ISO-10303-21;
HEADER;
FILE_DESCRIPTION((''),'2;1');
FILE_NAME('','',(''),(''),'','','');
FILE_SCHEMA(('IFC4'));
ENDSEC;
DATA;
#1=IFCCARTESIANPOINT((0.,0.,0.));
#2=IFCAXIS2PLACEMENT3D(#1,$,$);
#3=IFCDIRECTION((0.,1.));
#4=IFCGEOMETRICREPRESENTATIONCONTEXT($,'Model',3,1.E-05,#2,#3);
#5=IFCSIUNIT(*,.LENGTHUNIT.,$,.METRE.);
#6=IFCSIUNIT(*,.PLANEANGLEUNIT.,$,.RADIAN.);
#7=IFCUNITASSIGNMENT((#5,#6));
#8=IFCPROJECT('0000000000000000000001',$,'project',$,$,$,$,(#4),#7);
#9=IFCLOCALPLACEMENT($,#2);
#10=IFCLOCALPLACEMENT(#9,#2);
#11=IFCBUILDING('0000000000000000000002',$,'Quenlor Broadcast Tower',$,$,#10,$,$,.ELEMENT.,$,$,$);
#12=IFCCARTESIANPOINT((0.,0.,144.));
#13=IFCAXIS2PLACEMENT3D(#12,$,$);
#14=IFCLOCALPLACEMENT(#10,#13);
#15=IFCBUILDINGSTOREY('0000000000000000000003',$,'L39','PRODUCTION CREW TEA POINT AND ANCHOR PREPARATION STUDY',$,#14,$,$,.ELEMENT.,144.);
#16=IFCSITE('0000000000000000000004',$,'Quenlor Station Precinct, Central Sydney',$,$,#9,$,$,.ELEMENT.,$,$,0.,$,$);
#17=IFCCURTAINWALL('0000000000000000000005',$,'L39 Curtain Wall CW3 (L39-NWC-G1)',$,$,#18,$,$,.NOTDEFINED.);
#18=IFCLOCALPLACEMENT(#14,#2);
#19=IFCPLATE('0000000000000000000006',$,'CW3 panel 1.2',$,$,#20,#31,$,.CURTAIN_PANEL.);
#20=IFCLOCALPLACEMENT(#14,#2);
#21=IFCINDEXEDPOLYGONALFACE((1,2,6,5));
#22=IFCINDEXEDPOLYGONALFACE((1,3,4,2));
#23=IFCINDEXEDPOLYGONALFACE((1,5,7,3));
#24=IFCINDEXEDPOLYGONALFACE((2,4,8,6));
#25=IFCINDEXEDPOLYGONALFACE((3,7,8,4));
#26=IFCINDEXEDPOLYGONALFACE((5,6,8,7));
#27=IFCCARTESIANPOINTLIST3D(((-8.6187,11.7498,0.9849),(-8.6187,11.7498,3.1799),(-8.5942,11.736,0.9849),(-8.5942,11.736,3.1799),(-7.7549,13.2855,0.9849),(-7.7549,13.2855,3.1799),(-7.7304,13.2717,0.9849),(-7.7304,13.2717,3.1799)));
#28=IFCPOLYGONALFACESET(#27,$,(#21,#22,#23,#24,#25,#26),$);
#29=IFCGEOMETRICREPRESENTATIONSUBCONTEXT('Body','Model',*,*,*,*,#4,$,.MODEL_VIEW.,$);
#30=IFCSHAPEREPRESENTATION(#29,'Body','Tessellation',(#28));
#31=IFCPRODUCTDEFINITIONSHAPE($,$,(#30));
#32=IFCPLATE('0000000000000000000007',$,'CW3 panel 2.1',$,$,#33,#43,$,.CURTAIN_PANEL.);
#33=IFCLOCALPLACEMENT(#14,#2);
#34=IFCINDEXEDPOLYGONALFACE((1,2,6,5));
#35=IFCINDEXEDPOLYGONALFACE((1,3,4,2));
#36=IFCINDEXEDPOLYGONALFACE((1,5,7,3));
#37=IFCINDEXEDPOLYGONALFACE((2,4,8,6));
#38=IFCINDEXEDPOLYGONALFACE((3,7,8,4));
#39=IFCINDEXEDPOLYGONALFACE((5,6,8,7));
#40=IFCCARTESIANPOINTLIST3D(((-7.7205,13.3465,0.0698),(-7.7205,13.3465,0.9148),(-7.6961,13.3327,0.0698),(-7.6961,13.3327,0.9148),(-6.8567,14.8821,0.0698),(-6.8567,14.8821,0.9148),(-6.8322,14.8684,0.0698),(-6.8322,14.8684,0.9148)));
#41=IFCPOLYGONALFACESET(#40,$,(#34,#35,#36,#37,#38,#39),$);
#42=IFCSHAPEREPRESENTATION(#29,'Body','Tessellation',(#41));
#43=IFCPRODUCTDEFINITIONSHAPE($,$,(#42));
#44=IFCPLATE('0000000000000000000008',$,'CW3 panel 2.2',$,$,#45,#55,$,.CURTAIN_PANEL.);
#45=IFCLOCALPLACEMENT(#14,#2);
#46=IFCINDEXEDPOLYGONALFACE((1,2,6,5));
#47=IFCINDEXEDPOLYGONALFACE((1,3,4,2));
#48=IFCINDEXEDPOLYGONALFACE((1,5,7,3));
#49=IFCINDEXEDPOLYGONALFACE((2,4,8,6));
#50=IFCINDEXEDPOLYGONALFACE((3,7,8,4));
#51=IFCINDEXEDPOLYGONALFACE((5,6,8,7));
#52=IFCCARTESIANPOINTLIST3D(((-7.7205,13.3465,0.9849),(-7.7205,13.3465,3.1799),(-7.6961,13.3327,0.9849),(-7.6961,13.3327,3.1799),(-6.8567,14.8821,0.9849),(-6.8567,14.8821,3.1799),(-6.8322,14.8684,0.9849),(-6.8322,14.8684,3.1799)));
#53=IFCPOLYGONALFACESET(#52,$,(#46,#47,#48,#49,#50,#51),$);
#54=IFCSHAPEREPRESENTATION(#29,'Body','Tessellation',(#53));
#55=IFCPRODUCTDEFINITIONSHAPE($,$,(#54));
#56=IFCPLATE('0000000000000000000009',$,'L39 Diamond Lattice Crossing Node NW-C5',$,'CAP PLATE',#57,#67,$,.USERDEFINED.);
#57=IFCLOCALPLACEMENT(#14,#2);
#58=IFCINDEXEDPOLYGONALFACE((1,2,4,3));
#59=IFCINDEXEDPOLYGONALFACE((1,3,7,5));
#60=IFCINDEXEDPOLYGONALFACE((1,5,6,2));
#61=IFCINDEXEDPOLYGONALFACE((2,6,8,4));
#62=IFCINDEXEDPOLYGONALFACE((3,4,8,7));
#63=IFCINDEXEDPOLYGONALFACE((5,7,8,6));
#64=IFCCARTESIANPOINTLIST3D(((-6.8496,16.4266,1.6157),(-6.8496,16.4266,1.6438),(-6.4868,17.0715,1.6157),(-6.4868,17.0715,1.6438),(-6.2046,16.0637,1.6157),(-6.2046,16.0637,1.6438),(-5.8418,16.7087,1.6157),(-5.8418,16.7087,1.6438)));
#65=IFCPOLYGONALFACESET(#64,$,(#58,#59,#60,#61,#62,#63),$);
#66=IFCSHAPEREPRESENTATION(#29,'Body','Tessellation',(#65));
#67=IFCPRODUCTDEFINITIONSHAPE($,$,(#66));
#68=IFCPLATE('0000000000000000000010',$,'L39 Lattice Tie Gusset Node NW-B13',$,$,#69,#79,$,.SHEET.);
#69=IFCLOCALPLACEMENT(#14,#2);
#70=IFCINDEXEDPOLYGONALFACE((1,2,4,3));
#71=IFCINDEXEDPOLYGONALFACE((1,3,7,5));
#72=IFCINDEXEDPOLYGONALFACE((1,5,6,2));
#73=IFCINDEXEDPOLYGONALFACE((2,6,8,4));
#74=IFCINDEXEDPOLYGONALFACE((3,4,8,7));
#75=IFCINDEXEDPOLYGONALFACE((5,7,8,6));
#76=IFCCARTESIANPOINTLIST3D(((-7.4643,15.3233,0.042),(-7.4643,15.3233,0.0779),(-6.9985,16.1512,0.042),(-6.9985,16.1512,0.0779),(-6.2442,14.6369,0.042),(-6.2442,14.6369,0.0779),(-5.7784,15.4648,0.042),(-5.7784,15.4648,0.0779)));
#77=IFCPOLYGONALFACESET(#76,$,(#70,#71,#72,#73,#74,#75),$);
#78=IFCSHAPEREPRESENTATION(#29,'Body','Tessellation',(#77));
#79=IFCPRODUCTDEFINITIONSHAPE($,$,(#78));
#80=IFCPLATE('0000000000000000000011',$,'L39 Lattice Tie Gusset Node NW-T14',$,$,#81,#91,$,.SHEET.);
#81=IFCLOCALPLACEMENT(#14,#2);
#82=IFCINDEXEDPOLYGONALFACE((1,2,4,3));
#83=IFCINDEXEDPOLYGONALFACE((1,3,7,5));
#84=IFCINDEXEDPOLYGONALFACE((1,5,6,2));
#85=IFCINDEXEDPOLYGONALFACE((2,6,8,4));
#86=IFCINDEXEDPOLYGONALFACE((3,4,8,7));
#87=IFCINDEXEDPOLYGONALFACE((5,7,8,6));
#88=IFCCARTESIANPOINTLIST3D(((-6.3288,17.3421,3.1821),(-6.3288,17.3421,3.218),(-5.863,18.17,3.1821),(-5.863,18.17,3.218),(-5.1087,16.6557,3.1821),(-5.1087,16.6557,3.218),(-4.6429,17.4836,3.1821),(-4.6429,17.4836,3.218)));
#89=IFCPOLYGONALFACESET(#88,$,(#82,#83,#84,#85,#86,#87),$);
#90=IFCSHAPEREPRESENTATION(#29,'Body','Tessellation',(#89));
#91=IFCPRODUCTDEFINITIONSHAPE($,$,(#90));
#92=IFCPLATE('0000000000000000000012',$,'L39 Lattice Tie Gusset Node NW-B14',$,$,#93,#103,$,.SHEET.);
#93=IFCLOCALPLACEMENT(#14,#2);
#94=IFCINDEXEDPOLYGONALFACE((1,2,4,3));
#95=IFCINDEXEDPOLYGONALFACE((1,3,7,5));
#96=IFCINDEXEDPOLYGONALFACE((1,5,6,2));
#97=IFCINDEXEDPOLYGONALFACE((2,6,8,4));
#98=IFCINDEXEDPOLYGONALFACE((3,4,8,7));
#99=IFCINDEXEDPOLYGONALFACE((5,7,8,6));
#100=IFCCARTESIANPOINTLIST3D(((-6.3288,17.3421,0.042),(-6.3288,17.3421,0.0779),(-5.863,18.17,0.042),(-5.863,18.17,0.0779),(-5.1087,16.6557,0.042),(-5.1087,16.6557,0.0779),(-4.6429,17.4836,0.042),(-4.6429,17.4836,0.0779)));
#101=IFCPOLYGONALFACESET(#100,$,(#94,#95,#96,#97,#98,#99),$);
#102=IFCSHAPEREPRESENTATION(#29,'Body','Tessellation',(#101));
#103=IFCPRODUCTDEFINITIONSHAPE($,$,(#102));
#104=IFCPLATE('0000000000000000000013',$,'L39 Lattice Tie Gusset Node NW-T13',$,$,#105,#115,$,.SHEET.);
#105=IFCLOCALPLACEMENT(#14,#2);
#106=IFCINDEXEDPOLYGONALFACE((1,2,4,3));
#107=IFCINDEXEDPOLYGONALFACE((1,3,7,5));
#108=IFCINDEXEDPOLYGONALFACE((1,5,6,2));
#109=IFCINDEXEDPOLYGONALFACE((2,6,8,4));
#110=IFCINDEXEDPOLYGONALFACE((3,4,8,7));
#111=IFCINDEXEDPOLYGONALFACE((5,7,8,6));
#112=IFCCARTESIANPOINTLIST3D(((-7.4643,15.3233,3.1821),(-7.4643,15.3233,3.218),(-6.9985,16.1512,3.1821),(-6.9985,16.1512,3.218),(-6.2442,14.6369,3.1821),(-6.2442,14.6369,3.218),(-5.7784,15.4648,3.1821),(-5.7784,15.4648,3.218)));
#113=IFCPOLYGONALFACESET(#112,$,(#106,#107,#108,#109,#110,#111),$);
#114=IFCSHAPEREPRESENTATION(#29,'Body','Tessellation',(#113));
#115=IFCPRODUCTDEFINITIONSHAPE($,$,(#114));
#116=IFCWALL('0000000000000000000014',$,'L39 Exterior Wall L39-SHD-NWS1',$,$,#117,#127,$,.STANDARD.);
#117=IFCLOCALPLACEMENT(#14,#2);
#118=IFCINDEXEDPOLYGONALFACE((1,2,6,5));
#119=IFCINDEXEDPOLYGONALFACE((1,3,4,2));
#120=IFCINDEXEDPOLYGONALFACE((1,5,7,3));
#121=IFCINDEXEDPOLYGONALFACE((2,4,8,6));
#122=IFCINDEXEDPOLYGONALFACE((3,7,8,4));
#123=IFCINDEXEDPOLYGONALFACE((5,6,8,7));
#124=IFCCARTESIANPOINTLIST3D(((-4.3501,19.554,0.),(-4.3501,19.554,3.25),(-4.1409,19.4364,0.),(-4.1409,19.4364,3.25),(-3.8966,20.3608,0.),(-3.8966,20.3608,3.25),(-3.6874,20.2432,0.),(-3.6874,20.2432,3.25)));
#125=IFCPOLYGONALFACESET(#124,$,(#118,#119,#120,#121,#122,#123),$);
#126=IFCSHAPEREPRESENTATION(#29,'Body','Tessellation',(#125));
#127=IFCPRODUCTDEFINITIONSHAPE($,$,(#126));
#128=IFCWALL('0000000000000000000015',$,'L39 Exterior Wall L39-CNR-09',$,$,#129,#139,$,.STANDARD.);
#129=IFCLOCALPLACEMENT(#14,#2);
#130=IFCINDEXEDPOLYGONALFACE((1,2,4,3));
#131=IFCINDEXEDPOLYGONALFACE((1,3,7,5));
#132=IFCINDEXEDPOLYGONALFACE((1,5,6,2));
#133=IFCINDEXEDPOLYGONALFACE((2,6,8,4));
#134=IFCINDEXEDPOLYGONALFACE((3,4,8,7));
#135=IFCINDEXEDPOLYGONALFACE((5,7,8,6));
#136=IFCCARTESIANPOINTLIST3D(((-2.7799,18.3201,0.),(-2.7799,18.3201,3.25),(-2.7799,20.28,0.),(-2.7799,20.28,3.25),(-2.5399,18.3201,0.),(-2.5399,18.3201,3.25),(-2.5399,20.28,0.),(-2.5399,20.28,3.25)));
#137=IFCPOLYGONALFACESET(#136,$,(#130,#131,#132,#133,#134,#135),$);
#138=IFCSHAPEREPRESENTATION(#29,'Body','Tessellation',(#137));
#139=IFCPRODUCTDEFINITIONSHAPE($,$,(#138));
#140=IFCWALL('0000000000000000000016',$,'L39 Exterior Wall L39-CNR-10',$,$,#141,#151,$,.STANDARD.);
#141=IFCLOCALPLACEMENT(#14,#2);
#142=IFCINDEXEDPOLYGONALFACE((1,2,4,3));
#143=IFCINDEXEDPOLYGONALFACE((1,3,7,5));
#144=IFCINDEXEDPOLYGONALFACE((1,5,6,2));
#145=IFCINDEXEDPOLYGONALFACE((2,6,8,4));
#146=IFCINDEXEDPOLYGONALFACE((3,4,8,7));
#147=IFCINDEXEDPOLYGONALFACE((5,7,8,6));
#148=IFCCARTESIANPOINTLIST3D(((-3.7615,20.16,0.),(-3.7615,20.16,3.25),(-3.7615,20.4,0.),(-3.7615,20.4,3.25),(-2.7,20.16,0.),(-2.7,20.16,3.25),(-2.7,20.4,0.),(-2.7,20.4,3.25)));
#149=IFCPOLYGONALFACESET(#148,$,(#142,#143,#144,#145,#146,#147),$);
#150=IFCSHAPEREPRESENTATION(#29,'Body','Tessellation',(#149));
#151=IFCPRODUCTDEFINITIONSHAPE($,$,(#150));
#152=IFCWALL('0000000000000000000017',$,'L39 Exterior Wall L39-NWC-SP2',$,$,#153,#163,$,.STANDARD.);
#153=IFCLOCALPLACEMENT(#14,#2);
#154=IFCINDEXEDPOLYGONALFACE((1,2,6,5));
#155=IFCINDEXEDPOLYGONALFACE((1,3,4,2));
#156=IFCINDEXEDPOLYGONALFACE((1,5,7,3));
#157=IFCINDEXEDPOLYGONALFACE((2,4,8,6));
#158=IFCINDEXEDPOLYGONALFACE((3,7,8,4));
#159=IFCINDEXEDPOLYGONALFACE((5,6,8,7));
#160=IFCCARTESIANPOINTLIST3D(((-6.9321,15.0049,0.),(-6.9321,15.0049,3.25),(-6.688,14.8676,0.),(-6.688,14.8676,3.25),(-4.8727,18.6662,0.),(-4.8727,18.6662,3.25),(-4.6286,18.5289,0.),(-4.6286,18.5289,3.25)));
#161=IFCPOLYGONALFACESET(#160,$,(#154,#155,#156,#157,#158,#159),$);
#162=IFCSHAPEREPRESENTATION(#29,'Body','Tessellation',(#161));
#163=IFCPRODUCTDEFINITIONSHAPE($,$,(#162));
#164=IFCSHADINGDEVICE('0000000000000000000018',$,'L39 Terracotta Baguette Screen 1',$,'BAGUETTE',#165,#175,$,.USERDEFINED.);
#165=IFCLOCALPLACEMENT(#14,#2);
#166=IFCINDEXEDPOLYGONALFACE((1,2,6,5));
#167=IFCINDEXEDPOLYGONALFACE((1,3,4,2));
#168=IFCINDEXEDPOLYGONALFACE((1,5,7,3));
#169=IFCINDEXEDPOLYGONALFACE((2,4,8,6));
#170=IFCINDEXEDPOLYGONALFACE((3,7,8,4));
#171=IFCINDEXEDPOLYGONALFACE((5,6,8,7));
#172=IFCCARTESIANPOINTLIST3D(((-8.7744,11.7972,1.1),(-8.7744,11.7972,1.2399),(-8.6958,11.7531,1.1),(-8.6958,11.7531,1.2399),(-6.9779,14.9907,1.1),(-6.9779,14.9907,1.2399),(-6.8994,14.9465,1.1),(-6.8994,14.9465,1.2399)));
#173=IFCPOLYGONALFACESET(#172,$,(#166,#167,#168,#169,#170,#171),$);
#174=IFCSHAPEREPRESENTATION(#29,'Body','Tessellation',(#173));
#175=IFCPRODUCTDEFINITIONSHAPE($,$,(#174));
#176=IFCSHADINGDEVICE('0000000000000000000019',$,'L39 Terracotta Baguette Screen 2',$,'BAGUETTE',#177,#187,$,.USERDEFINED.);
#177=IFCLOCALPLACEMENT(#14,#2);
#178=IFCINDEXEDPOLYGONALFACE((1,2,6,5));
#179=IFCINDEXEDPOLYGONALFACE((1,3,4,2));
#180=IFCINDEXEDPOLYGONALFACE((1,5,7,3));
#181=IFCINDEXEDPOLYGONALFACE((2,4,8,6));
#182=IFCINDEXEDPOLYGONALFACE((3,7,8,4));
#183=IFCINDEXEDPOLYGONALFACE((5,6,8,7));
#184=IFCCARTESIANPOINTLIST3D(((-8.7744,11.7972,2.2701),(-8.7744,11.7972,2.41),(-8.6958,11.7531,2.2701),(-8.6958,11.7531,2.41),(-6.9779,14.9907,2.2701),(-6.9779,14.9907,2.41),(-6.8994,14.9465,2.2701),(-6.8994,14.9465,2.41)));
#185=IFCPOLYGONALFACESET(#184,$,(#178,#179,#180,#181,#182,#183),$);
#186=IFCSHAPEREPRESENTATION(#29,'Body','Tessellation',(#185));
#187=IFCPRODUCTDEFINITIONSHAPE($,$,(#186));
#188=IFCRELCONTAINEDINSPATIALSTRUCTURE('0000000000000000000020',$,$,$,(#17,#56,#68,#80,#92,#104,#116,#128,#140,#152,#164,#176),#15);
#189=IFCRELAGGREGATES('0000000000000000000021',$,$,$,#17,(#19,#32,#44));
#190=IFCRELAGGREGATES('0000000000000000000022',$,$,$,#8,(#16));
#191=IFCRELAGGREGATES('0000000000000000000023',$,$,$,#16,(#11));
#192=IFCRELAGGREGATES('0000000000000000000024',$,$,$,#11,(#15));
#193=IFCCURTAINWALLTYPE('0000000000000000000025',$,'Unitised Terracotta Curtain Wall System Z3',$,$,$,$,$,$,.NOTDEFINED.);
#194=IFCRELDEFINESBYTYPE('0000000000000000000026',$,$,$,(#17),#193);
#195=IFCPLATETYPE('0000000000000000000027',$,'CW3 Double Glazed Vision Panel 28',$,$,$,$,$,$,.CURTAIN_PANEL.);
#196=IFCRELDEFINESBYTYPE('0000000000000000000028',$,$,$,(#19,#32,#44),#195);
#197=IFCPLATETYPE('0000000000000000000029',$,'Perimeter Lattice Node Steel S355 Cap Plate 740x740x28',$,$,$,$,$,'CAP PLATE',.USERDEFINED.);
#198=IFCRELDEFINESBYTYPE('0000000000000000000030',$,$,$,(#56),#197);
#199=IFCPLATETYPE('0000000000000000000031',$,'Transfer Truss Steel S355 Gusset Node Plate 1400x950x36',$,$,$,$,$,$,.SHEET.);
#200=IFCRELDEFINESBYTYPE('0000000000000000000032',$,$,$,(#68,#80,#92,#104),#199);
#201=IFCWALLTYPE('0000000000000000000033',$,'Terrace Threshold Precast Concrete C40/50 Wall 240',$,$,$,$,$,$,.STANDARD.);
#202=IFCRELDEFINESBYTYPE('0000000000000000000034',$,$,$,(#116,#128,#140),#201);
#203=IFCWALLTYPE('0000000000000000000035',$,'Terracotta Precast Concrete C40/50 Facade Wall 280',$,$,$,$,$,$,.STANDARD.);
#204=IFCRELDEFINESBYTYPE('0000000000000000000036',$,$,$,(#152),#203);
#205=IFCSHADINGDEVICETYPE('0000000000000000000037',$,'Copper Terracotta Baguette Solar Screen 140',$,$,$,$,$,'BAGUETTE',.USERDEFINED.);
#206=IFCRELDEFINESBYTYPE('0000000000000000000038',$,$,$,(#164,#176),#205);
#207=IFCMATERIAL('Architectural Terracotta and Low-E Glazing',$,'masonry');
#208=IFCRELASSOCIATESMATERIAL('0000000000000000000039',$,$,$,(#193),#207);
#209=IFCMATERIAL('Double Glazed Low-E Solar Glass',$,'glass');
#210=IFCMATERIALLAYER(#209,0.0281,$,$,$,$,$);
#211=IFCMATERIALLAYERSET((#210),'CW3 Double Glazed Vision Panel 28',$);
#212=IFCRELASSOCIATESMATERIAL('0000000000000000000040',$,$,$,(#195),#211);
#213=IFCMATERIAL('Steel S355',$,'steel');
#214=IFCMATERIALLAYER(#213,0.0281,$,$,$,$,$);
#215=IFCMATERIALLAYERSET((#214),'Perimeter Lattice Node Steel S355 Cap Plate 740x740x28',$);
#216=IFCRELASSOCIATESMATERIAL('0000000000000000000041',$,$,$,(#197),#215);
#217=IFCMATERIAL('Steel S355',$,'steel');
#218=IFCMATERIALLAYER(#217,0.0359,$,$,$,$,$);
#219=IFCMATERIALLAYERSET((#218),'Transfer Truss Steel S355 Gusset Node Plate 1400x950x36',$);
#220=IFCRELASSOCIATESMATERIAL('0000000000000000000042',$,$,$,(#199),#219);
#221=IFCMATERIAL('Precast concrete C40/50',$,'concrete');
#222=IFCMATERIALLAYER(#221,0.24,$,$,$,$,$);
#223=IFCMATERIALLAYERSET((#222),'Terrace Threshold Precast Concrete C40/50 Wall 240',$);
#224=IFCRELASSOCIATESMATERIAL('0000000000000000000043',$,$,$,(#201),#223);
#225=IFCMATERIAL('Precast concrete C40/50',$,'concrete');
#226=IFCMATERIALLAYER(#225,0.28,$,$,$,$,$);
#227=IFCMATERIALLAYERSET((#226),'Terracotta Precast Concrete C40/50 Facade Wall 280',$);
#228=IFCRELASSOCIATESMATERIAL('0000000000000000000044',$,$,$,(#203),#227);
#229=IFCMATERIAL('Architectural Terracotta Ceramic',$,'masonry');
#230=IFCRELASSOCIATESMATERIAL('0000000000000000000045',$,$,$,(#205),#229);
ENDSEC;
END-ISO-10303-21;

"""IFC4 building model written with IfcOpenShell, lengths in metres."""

from ifc_helpers import new_model, si_unit, direction, frame, frame_2d, origin, origin_2d, place, context, subcontext, project, spatial, rectangle, extrude, material, layer, layer_set, material_profile, profile_set, type_object, element, aggregate, save


model = new_model("IFC4")

# Units and contexts
model_context = context("Model", 3, precision=1e-05, world=origin(), true_north=direction((0.0, 1.0)))
body_context = subcontext(model_context, "Body", "Model", "MODEL_VIEW")
ifc_project = project(units=[si_unit("LENGTHUNIT", "METRE"), si_unit("PLANEANGLEUNIT", "RADIAN")], contexts=[model_context])

# Site, building, storey
site_placement = place(None, origin())
site = spatial("IfcSite", under=ifc_project, at=site_placement, Name="Quenlor Station Precinct, Central Sydney", CompositionType="ELEMENT", RefElevation=0.0)
building_placement = place(site_placement, origin())
building = spatial("IfcBuilding", under=site, at=building_placement, Name="Quenlor Broadcast Tower", CompositionType="ELEMENT")
storey_placement = place(building_placement, frame((0.0, 0.0, 144.0)))
storey = spatial("IfcBuildingStorey", under=building, at=storey_placement, Name="L39", Description="PRODUCTION CREW TEA POINT AND ANCHOR PREPARATION STUDY", CompositionType="ELEMENT", Elevation=144.0)

# Curtain wall
ifc_material_1 = material(Name="Architectural Terracotta and Low-E Glazing", Category="masonry")
curtain_wall_type = type_object("IfcCurtainWallType", Name="Unitised Terracotta Curtain Wall System Z3", PredefinedType="NOTDEFINED", material=ifc_material_1)
curtain_wall_placement = place(storey_placement, origin())
curtain_wall = element("IfcCurtainWall", 1, at=curtain_wall_placement, inside=storey, type_object=curtain_wall_type, Name="L39 Curtain Wall CW3 (L39-NWC-G1)", PredefinedType="NOTDEFINED")

# Plates
ifc_material_2 = material(Name="Double Glazed Low-E Solar Glass", Category="glass")
ifc_layer_1 = layer(ifc_material_2, 0.0281)
ifc_layer_set_1 = layer_set([ifc_layer_1], Name="CW3 Double Glazed Vision Panel 28")
plate_type_1 = type_object("IfcPlateType", Name="CW3 Double Glazed Vision Panel 28", PredefinedType="CURTAIN_PANEL", material=ifc_layer_set_1)
plate_1_placement = place(storey_placement, frame((-8.1746, 12.5107, 0.9849), z_axis=(0.0, 0.0, 1.0), x_axis=(0.49027, 0.871571, 0.0)))
plate_1 = element("IfcPlate", 2, at=plate_1_placement, type_object=plate_type_1, Name="CW3 panel 1.2", PredefinedType="CURTAIN_PANEL", context=body_context, shape_type="SweptSolid", body=[
    extrude(rectangle(XDim=1.762, YDim=0.0281, at=origin_2d()), origin(), (0.0, 0.0, 1.0), 2.1951),
])
plate_2_placement = place(storey_placement, frame((-7.2764, 14.1074, 0.0698), z_axis=(0.0, 0.0, 1.0), x_axis=(0.49027, 0.871571, 0.0)))
plate_2 = element("IfcPlate", 3, at=plate_2_placement, type_object=plate_type_1, Name="CW3 panel 2.1", PredefinedType="CURTAIN_PANEL", context=body_context, shape_type="SweptSolid", body=[
    extrude(rectangle(XDim=1.762, YDim=0.0281, at=origin_2d()), origin(), (0.0, 0.0, 1.0), 0.845),
])
plate_3_placement = place(storey_placement, frame((-7.2764, 14.1074, 0.9849), z_axis=(0.0, 0.0, 1.0), x_axis=(0.49027, 0.871571, 0.0)))
plate_3 = element("IfcPlate", 4, at=plate_3_placement, type_object=plate_type_1, Name="CW3 panel 2.2", PredefinedType="CURTAIN_PANEL", context=body_context, shape_type="SweptSolid", body=[
    extrude(rectangle(XDim=1.762, YDim=0.0281, at=origin_2d()), origin(), (0.0, 0.0, 1.0), 2.1951),
])
aggregate(curtain_wall, [plate_1, plate_2, plate_3])

# Plates
ifc_material_3 = material(Name="Steel S355", Category="steel")
ifc_layer_2 = layer(ifc_material_3, 0.0281)
ifc_layer_set_2 = layer_set([ifc_layer_2], Name="Perimeter Lattice Node Steel S355 Cap Plate 740x740x28")
plate_type_2 = type_object("IfcPlateType", Name="Perimeter Lattice Node Steel S355 Cap Plate 740x740x28", ElementType="CAP PLATE", PredefinedType="USERDEFINED", material=ifc_layer_set_2)
plate_4_placement = place(storey_placement, frame((-6.3457, 16.5676, 1.6157), z_axis=(0.0, 0.0, 1.0), x_axis=(0.490295, 0.871556, 0.0)))
element("IfcPlate", 5, at=plate_4_placement, inside=storey, type_object=plate_type_2, Name="L39 Diamond Lattice Crossing Node NW-C5", ObjectType="CAP PLATE", PredefinedType="USERDEFINED", context=body_context, shape_type="SweptSolid", body=[
    extrude(rectangle(XDim=0.74, YDim=0.74, at=origin_2d()), origin(), (0.0, 0.0, 1.0), 0.0281),
])
ifc_material_4 = material(Name="Steel S355", Category="steel")
ifc_layer_3 = layer(ifc_material_4, 0.0359)
ifc_layer_set_3 = layer_set([ifc_layer_3], Name="Transfer Truss Steel S355 Gusset Node Plate 1400x950x36")
plate_type_3 = type_object("IfcPlateType", Name="Transfer Truss Steel S355 Gusset Node Plate 1400x950x36", PredefinedType="SHEET", material=ifc_layer_set_3)
for number, where, z_axis, x_axis, name in (
    (6, (-6.6213, 15.394, 0.042), (0.0, 0.0, 1.0), (-0.871556, 0.490295, 0.0), "L39 Lattice Tie Gusset Node NW-B13"),
    (7, (-5.4858, 17.4128, 3.1821), (0.0, 0.0, 1.0), (-0.871556, 0.490295, 0.0), "L39 Lattice Tie Gusset Node NW-T14"),
    (8, (-5.4858, 17.4128, 0.042), (0.0, 0.0, 1.0), (-0.871556, 0.490295, 0.0), "L39 Lattice Tie Gusset Node NW-B14"),
    (9, (-6.6213, 15.394, 3.1821), (0.0, 0.0, 1.0), (-0.871556, 0.490295, 0.0), "L39 Lattice Tie Gusset Node NW-T13"),
):
    element("IfcPlate", number, at=place(storey_placement, frame(where, z_axis=z_axis, x_axis=x_axis)), inside=storey, type_object=plate_type_3, Name=name, PredefinedType="SHEET", context=body_context, shape_type="SweptSolid", body=[
        extrude(rectangle(XDim=1.3999, YDim=0.95, at=origin_2d()), origin(), (0.0, 0.0, 1.0), 0.0359),
    ])

# Walls
ifc_material_5 = material(Name="Precast concrete C40/50", Category="concrete")
ifc_layer_4 = layer(ifc_material_5, 0.24)
ifc_layer_set_4 = layer_set([ifc_layer_4], Name="Terrace Threshold Precast Concrete C40/50 Wall 240")
wall_type_1 = type_object("IfcWallType", Name="Terrace Threshold Precast Concrete C40/50 Wall 240", PredefinedType="STANDARD", material=ifc_layer_set_4)
wall_1_placement = place(storey_placement, frame((-4.2456, 19.4951, 0.0), z_axis=(0.0, 0.0, 1.0), x_axis=(0.490048, 0.871695, 0.0)))
element("IfcWall", 10, at=wall_1_placement, inside=storey, type_object=wall_type_1, Name="L39 Exterior Wall L39-SHD-NWS1", PredefinedType="STANDARD", context=body_context, shape_type="SweptSolid", body=[
    extrude(rectangle(XDim=0.9255, YDim=0.24, at=frame_2d((0.4629, 0.0))), origin(), (0.0, 0.0, 1.0), 3.25),
])
wall_2_placement = place(storey_placement, frame((-2.6599, 18.3201, 0.0), z_axis=(0.0, 0.0, 1.0), x_axis=(0.0, 1.0, 0.0)))
element("IfcWall", 11, at=wall_2_placement, inside=storey, type_object=wall_type_1, Name="L39 Exterior Wall L39-CNR-09", PredefinedType="STANDARD", context=body_context, shape_type="SweptSolid", body=[
    extrude(rectangle(XDim=1.96, YDim=0.24, at=frame_2d((0.98, 0.0))), origin(), (0.0, 0.0, 1.0), 3.25),
])
wall_3_placement = place(storey_placement, frame((-2.7, 20.28, 0.0), z_axis=(0.0, 0.0, 1.0), x_axis=(-1.0, 0.0, 0.0)))
element("IfcWall", 12, at=wall_3_placement, inside=storey, type_object=wall_type_1, Name="L39 Exterior Wall L39-CNR-10", PredefinedType="STANDARD", context=body_context, shape_type="SweptSolid", body=[
    extrude(rectangle(XDim=1.0615, YDim=0.24, at=frame_2d((0.5308, 0.0))), origin(), (0.0, 0.0, 1.0), 3.25),
])
ifc_material_6 = material(Name="Precast concrete C40/50", Category="concrete")
ifc_layer_5 = layer(ifc_material_6, 0.28)
ifc_layer_set_5 = layer_set([ifc_layer_5], Name="Terracotta Precast Concrete C40/50 Facade Wall 280")
wall_type_2 = type_object("IfcWallType", Name="Terracotta Precast Concrete C40/50 Facade Wall 280", PredefinedType="STANDARD", material=ifc_layer_set_5)
wall_4_placement = place(storey_placement, frame((-6.8101, 14.9363, 0.0), z_axis=(0.0, 0.0, 1.0), x_axis=(0.49025, 0.871582, 0.0)))
element("IfcWall", 13, at=wall_4_placement, inside=storey, type_object=wall_type_2, Name="L39 Exterior Wall L39-NWC-SP2", PredefinedType="STANDARD", context=body_context, shape_type="SweptSolid", body=[
    extrude(rectangle(XDim=4.2007, YDim=0.28, at=frame_2d((2.1003, 0.0))), origin(), (0.0, 0.0, 1.0), 3.25),
])

# Shading devices
ifc_material_7 = material(Name="Architectural Terracotta Ceramic", Category="masonry")
ifc_material_profile_1 = material_profile(ifc_material_7, rectangle(XDim=0.0901, YDim=0.1399, at=origin_2d()))
ifc_profile_set_1 = profile_set([ifc_material_profile_1], Name="Architectural Terracotta Ceramic BAG90x140")
shading_device_type = type_object("IfcShadingDeviceType", Name="Copper Terracotta Baguette Solar Screen 140", ElementType="BAGUETTE", PredefinedType="USERDEFINED", material=ifc_profile_set_1)
for number, where, z_axis, x_axis, name in (
    (14, (-8.7351, 11.7751, 1.1699), (0.490287, 0.871561, 0.0), (-0.871561, 0.490287, 0.0), "L39 Terracotta Baguette Screen 1"),
    (15, (-8.7351, 11.7751, 2.3401), (0.490287, 0.871561, 0.0), (-0.871561, 0.490287, 0.0), "L39 Terracotta Baguette Screen 2"),
):
    element("IfcShadingDevice", number, at=place(storey_placement, frame(where, z_axis=z_axis, x_axis=x_axis)), inside=storey, type_object=shading_device_type, Name=name, ObjectType="BAGUETTE", PredefinedType="USERDEFINED", context=body_context, shape_type="SweptSolid", body=[
        extrude(rectangle(XDim=0.0901, YDim=0.1399, at=origin_2d()), origin(), (0.0, 0.0, 1.0), 3.6641),
    ])

save(model, "model.ifc")
